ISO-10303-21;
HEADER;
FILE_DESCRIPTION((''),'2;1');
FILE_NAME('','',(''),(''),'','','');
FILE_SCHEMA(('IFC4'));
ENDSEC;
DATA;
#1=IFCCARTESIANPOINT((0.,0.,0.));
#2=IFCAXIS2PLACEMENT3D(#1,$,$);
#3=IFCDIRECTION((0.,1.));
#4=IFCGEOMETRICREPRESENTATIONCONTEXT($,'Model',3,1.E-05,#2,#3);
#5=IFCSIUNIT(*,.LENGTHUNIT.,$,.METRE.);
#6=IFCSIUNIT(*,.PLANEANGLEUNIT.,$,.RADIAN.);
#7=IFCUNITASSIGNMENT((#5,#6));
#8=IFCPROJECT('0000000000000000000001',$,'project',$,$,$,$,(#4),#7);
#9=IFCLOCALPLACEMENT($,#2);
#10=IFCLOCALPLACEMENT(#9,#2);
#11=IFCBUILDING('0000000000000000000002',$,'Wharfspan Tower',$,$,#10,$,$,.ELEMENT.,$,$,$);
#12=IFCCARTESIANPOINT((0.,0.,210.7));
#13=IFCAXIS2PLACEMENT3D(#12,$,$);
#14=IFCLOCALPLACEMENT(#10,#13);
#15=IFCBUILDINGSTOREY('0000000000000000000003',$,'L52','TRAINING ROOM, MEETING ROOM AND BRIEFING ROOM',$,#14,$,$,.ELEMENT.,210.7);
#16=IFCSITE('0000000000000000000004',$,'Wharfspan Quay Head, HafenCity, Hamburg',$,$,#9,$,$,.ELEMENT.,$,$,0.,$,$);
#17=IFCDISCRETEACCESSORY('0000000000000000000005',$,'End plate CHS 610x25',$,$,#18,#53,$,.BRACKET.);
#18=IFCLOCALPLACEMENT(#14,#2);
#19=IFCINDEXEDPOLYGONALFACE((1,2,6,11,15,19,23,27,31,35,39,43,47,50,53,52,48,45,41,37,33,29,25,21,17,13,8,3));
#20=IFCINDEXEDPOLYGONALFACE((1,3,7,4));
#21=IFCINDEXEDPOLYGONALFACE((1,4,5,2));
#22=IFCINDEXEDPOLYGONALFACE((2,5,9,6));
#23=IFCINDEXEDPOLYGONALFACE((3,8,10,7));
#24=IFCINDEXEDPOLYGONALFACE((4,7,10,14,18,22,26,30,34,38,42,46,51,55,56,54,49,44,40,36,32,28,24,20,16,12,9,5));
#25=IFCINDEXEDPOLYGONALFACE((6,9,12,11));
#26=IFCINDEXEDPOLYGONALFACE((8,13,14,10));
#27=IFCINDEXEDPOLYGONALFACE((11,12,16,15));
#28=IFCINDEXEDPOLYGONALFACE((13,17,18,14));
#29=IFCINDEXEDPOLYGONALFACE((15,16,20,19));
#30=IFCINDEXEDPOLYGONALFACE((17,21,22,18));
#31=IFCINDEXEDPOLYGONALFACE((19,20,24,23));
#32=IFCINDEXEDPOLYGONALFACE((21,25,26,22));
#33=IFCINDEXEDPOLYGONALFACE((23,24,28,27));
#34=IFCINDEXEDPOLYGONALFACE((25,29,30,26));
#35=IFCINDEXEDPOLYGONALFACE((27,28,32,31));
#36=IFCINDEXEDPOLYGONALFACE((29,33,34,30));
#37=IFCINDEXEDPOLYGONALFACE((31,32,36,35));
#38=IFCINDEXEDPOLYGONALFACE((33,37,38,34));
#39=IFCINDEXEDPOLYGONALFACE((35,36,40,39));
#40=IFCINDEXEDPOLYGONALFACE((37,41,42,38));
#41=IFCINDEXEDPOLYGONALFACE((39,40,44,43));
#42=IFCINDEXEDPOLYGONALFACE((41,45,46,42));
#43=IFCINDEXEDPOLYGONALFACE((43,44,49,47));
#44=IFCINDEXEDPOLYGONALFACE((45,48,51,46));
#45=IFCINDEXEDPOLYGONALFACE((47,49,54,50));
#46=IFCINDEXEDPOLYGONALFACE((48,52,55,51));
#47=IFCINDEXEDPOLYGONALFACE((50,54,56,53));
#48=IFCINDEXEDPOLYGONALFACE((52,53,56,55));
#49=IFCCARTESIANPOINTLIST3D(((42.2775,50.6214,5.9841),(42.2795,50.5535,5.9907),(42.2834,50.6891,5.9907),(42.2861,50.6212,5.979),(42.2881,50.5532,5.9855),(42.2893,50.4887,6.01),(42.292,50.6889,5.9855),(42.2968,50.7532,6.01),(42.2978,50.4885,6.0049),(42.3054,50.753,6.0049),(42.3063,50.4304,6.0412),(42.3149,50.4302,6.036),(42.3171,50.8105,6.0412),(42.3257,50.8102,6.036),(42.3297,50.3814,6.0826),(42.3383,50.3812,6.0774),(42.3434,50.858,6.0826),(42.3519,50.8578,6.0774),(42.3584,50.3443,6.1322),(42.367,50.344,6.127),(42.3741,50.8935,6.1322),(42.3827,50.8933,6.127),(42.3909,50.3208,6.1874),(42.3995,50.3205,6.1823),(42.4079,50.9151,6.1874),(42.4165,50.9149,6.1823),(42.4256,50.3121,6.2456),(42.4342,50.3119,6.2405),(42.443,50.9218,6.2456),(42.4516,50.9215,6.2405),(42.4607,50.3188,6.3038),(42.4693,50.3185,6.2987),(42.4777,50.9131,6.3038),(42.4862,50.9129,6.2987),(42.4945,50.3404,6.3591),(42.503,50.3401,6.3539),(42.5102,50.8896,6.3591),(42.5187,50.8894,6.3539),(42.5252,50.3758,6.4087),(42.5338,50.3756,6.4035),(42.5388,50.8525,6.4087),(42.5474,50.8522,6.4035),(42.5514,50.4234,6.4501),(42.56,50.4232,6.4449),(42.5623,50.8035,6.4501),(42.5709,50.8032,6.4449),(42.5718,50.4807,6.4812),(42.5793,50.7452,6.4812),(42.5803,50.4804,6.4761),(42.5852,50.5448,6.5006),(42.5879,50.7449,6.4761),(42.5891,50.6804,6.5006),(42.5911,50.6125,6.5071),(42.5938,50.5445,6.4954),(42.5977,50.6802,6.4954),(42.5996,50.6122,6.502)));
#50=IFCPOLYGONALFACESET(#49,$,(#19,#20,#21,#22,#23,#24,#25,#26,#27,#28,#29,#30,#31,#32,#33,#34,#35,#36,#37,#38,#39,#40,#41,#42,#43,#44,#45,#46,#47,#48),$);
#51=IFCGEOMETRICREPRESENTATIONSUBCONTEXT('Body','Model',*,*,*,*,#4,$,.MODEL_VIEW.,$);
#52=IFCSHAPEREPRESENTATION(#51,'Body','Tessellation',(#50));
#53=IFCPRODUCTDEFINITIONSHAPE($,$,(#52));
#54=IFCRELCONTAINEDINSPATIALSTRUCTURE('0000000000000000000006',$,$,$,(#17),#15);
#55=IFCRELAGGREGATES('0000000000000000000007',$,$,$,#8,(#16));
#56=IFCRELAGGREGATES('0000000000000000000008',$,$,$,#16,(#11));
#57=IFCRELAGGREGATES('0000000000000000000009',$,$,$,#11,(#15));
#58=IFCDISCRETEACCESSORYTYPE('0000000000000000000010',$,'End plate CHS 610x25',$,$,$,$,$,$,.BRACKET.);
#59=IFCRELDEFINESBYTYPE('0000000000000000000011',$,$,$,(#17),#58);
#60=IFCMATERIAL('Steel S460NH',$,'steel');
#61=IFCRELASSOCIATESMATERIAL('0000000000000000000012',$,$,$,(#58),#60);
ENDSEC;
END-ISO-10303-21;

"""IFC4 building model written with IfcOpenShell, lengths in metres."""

from ifc_helpers import new_model, si_unit, direction, frame, origin, origin_2d, place, context, subcontext, project, spatial, circle, extrude, material, material_profile, profile_set, type_object, element, save


model = new_model("IFC4")

# Units and contexts
model_context = context("Model", 3, precision=1e-05, world=origin(), true_north=direction((0.0, 1.0)))
body_context = subcontext(model_context, "Body", "Model", "MODEL_VIEW")
ifc_project = project(units=[si_unit("LENGTHUNIT", "METRE"), si_unit("PLANEANGLEUNIT", "RADIAN")], contexts=[model_context])

# Site, building, storey
site_placement = place(None, origin())
site = spatial("IfcSite", under=ifc_project, at=site_placement, Name="Wharfspan Quay Head, HafenCity, Hamburg", CompositionType="ELEMENT", RefElevation=0.0)
building_placement = place(site_placement, origin())
building = spatial("IfcBuilding", under=site, at=building_placement, Name="Wharfspan Tower", CompositionType="ELEMENT")
storey_placement = place(building_placement, frame((0.0, 0.0, 210.7)))
storey = spatial("IfcBuildingStorey", under=building, at=storey_placement, Name="L52", Description="TRAINING ROOM, MEETING ROOM AND BRIEFING ROOM", CompositionType="ELEMENT", Elevation=210.7)

# Shared definitions
ifc_material_1 = material(Name="Steel S460NH", Category="steel")

# Discrete accessory
ifc_material_profile_1 = material_profile(ifc_material_1, circle(Radius=0.3049, at=origin_2d()))
ifc_profile_set_1 = profile_set([ifc_material_profile_1], Name="Steel S460NH")
discrete_accessory_type = type_object("IfcDiscreteAccessoryType", Name="End plate CHS 610x25", PredefinedType="BRACKET", material=ifc_profile_set_1)
for number, where, z_axis, x_axis, name in (
    (1, (42.4429, 50.6167, 6.2405), (-0.857236, 0.024492, 0.514341), (-0.028558, -0.999591, 0.000002), "End plate CHS 610x25"),
):
    element("IfcDiscreteAccessory", number, at=place(storey_placement, frame(where, z_axis=z_axis, x_axis=x_axis)), inside=storey, type_object=discrete_accessory_type, Name=name, PredefinedType="BRACKET", context=body_context, shape_type="SweptSolid", body=[
        extrude(circle(Radius=0.3049, at=origin_2d()), origin(), (0.0, 0.0, 1.0), 0.01),
    ])

save(model, "model.ifc")
